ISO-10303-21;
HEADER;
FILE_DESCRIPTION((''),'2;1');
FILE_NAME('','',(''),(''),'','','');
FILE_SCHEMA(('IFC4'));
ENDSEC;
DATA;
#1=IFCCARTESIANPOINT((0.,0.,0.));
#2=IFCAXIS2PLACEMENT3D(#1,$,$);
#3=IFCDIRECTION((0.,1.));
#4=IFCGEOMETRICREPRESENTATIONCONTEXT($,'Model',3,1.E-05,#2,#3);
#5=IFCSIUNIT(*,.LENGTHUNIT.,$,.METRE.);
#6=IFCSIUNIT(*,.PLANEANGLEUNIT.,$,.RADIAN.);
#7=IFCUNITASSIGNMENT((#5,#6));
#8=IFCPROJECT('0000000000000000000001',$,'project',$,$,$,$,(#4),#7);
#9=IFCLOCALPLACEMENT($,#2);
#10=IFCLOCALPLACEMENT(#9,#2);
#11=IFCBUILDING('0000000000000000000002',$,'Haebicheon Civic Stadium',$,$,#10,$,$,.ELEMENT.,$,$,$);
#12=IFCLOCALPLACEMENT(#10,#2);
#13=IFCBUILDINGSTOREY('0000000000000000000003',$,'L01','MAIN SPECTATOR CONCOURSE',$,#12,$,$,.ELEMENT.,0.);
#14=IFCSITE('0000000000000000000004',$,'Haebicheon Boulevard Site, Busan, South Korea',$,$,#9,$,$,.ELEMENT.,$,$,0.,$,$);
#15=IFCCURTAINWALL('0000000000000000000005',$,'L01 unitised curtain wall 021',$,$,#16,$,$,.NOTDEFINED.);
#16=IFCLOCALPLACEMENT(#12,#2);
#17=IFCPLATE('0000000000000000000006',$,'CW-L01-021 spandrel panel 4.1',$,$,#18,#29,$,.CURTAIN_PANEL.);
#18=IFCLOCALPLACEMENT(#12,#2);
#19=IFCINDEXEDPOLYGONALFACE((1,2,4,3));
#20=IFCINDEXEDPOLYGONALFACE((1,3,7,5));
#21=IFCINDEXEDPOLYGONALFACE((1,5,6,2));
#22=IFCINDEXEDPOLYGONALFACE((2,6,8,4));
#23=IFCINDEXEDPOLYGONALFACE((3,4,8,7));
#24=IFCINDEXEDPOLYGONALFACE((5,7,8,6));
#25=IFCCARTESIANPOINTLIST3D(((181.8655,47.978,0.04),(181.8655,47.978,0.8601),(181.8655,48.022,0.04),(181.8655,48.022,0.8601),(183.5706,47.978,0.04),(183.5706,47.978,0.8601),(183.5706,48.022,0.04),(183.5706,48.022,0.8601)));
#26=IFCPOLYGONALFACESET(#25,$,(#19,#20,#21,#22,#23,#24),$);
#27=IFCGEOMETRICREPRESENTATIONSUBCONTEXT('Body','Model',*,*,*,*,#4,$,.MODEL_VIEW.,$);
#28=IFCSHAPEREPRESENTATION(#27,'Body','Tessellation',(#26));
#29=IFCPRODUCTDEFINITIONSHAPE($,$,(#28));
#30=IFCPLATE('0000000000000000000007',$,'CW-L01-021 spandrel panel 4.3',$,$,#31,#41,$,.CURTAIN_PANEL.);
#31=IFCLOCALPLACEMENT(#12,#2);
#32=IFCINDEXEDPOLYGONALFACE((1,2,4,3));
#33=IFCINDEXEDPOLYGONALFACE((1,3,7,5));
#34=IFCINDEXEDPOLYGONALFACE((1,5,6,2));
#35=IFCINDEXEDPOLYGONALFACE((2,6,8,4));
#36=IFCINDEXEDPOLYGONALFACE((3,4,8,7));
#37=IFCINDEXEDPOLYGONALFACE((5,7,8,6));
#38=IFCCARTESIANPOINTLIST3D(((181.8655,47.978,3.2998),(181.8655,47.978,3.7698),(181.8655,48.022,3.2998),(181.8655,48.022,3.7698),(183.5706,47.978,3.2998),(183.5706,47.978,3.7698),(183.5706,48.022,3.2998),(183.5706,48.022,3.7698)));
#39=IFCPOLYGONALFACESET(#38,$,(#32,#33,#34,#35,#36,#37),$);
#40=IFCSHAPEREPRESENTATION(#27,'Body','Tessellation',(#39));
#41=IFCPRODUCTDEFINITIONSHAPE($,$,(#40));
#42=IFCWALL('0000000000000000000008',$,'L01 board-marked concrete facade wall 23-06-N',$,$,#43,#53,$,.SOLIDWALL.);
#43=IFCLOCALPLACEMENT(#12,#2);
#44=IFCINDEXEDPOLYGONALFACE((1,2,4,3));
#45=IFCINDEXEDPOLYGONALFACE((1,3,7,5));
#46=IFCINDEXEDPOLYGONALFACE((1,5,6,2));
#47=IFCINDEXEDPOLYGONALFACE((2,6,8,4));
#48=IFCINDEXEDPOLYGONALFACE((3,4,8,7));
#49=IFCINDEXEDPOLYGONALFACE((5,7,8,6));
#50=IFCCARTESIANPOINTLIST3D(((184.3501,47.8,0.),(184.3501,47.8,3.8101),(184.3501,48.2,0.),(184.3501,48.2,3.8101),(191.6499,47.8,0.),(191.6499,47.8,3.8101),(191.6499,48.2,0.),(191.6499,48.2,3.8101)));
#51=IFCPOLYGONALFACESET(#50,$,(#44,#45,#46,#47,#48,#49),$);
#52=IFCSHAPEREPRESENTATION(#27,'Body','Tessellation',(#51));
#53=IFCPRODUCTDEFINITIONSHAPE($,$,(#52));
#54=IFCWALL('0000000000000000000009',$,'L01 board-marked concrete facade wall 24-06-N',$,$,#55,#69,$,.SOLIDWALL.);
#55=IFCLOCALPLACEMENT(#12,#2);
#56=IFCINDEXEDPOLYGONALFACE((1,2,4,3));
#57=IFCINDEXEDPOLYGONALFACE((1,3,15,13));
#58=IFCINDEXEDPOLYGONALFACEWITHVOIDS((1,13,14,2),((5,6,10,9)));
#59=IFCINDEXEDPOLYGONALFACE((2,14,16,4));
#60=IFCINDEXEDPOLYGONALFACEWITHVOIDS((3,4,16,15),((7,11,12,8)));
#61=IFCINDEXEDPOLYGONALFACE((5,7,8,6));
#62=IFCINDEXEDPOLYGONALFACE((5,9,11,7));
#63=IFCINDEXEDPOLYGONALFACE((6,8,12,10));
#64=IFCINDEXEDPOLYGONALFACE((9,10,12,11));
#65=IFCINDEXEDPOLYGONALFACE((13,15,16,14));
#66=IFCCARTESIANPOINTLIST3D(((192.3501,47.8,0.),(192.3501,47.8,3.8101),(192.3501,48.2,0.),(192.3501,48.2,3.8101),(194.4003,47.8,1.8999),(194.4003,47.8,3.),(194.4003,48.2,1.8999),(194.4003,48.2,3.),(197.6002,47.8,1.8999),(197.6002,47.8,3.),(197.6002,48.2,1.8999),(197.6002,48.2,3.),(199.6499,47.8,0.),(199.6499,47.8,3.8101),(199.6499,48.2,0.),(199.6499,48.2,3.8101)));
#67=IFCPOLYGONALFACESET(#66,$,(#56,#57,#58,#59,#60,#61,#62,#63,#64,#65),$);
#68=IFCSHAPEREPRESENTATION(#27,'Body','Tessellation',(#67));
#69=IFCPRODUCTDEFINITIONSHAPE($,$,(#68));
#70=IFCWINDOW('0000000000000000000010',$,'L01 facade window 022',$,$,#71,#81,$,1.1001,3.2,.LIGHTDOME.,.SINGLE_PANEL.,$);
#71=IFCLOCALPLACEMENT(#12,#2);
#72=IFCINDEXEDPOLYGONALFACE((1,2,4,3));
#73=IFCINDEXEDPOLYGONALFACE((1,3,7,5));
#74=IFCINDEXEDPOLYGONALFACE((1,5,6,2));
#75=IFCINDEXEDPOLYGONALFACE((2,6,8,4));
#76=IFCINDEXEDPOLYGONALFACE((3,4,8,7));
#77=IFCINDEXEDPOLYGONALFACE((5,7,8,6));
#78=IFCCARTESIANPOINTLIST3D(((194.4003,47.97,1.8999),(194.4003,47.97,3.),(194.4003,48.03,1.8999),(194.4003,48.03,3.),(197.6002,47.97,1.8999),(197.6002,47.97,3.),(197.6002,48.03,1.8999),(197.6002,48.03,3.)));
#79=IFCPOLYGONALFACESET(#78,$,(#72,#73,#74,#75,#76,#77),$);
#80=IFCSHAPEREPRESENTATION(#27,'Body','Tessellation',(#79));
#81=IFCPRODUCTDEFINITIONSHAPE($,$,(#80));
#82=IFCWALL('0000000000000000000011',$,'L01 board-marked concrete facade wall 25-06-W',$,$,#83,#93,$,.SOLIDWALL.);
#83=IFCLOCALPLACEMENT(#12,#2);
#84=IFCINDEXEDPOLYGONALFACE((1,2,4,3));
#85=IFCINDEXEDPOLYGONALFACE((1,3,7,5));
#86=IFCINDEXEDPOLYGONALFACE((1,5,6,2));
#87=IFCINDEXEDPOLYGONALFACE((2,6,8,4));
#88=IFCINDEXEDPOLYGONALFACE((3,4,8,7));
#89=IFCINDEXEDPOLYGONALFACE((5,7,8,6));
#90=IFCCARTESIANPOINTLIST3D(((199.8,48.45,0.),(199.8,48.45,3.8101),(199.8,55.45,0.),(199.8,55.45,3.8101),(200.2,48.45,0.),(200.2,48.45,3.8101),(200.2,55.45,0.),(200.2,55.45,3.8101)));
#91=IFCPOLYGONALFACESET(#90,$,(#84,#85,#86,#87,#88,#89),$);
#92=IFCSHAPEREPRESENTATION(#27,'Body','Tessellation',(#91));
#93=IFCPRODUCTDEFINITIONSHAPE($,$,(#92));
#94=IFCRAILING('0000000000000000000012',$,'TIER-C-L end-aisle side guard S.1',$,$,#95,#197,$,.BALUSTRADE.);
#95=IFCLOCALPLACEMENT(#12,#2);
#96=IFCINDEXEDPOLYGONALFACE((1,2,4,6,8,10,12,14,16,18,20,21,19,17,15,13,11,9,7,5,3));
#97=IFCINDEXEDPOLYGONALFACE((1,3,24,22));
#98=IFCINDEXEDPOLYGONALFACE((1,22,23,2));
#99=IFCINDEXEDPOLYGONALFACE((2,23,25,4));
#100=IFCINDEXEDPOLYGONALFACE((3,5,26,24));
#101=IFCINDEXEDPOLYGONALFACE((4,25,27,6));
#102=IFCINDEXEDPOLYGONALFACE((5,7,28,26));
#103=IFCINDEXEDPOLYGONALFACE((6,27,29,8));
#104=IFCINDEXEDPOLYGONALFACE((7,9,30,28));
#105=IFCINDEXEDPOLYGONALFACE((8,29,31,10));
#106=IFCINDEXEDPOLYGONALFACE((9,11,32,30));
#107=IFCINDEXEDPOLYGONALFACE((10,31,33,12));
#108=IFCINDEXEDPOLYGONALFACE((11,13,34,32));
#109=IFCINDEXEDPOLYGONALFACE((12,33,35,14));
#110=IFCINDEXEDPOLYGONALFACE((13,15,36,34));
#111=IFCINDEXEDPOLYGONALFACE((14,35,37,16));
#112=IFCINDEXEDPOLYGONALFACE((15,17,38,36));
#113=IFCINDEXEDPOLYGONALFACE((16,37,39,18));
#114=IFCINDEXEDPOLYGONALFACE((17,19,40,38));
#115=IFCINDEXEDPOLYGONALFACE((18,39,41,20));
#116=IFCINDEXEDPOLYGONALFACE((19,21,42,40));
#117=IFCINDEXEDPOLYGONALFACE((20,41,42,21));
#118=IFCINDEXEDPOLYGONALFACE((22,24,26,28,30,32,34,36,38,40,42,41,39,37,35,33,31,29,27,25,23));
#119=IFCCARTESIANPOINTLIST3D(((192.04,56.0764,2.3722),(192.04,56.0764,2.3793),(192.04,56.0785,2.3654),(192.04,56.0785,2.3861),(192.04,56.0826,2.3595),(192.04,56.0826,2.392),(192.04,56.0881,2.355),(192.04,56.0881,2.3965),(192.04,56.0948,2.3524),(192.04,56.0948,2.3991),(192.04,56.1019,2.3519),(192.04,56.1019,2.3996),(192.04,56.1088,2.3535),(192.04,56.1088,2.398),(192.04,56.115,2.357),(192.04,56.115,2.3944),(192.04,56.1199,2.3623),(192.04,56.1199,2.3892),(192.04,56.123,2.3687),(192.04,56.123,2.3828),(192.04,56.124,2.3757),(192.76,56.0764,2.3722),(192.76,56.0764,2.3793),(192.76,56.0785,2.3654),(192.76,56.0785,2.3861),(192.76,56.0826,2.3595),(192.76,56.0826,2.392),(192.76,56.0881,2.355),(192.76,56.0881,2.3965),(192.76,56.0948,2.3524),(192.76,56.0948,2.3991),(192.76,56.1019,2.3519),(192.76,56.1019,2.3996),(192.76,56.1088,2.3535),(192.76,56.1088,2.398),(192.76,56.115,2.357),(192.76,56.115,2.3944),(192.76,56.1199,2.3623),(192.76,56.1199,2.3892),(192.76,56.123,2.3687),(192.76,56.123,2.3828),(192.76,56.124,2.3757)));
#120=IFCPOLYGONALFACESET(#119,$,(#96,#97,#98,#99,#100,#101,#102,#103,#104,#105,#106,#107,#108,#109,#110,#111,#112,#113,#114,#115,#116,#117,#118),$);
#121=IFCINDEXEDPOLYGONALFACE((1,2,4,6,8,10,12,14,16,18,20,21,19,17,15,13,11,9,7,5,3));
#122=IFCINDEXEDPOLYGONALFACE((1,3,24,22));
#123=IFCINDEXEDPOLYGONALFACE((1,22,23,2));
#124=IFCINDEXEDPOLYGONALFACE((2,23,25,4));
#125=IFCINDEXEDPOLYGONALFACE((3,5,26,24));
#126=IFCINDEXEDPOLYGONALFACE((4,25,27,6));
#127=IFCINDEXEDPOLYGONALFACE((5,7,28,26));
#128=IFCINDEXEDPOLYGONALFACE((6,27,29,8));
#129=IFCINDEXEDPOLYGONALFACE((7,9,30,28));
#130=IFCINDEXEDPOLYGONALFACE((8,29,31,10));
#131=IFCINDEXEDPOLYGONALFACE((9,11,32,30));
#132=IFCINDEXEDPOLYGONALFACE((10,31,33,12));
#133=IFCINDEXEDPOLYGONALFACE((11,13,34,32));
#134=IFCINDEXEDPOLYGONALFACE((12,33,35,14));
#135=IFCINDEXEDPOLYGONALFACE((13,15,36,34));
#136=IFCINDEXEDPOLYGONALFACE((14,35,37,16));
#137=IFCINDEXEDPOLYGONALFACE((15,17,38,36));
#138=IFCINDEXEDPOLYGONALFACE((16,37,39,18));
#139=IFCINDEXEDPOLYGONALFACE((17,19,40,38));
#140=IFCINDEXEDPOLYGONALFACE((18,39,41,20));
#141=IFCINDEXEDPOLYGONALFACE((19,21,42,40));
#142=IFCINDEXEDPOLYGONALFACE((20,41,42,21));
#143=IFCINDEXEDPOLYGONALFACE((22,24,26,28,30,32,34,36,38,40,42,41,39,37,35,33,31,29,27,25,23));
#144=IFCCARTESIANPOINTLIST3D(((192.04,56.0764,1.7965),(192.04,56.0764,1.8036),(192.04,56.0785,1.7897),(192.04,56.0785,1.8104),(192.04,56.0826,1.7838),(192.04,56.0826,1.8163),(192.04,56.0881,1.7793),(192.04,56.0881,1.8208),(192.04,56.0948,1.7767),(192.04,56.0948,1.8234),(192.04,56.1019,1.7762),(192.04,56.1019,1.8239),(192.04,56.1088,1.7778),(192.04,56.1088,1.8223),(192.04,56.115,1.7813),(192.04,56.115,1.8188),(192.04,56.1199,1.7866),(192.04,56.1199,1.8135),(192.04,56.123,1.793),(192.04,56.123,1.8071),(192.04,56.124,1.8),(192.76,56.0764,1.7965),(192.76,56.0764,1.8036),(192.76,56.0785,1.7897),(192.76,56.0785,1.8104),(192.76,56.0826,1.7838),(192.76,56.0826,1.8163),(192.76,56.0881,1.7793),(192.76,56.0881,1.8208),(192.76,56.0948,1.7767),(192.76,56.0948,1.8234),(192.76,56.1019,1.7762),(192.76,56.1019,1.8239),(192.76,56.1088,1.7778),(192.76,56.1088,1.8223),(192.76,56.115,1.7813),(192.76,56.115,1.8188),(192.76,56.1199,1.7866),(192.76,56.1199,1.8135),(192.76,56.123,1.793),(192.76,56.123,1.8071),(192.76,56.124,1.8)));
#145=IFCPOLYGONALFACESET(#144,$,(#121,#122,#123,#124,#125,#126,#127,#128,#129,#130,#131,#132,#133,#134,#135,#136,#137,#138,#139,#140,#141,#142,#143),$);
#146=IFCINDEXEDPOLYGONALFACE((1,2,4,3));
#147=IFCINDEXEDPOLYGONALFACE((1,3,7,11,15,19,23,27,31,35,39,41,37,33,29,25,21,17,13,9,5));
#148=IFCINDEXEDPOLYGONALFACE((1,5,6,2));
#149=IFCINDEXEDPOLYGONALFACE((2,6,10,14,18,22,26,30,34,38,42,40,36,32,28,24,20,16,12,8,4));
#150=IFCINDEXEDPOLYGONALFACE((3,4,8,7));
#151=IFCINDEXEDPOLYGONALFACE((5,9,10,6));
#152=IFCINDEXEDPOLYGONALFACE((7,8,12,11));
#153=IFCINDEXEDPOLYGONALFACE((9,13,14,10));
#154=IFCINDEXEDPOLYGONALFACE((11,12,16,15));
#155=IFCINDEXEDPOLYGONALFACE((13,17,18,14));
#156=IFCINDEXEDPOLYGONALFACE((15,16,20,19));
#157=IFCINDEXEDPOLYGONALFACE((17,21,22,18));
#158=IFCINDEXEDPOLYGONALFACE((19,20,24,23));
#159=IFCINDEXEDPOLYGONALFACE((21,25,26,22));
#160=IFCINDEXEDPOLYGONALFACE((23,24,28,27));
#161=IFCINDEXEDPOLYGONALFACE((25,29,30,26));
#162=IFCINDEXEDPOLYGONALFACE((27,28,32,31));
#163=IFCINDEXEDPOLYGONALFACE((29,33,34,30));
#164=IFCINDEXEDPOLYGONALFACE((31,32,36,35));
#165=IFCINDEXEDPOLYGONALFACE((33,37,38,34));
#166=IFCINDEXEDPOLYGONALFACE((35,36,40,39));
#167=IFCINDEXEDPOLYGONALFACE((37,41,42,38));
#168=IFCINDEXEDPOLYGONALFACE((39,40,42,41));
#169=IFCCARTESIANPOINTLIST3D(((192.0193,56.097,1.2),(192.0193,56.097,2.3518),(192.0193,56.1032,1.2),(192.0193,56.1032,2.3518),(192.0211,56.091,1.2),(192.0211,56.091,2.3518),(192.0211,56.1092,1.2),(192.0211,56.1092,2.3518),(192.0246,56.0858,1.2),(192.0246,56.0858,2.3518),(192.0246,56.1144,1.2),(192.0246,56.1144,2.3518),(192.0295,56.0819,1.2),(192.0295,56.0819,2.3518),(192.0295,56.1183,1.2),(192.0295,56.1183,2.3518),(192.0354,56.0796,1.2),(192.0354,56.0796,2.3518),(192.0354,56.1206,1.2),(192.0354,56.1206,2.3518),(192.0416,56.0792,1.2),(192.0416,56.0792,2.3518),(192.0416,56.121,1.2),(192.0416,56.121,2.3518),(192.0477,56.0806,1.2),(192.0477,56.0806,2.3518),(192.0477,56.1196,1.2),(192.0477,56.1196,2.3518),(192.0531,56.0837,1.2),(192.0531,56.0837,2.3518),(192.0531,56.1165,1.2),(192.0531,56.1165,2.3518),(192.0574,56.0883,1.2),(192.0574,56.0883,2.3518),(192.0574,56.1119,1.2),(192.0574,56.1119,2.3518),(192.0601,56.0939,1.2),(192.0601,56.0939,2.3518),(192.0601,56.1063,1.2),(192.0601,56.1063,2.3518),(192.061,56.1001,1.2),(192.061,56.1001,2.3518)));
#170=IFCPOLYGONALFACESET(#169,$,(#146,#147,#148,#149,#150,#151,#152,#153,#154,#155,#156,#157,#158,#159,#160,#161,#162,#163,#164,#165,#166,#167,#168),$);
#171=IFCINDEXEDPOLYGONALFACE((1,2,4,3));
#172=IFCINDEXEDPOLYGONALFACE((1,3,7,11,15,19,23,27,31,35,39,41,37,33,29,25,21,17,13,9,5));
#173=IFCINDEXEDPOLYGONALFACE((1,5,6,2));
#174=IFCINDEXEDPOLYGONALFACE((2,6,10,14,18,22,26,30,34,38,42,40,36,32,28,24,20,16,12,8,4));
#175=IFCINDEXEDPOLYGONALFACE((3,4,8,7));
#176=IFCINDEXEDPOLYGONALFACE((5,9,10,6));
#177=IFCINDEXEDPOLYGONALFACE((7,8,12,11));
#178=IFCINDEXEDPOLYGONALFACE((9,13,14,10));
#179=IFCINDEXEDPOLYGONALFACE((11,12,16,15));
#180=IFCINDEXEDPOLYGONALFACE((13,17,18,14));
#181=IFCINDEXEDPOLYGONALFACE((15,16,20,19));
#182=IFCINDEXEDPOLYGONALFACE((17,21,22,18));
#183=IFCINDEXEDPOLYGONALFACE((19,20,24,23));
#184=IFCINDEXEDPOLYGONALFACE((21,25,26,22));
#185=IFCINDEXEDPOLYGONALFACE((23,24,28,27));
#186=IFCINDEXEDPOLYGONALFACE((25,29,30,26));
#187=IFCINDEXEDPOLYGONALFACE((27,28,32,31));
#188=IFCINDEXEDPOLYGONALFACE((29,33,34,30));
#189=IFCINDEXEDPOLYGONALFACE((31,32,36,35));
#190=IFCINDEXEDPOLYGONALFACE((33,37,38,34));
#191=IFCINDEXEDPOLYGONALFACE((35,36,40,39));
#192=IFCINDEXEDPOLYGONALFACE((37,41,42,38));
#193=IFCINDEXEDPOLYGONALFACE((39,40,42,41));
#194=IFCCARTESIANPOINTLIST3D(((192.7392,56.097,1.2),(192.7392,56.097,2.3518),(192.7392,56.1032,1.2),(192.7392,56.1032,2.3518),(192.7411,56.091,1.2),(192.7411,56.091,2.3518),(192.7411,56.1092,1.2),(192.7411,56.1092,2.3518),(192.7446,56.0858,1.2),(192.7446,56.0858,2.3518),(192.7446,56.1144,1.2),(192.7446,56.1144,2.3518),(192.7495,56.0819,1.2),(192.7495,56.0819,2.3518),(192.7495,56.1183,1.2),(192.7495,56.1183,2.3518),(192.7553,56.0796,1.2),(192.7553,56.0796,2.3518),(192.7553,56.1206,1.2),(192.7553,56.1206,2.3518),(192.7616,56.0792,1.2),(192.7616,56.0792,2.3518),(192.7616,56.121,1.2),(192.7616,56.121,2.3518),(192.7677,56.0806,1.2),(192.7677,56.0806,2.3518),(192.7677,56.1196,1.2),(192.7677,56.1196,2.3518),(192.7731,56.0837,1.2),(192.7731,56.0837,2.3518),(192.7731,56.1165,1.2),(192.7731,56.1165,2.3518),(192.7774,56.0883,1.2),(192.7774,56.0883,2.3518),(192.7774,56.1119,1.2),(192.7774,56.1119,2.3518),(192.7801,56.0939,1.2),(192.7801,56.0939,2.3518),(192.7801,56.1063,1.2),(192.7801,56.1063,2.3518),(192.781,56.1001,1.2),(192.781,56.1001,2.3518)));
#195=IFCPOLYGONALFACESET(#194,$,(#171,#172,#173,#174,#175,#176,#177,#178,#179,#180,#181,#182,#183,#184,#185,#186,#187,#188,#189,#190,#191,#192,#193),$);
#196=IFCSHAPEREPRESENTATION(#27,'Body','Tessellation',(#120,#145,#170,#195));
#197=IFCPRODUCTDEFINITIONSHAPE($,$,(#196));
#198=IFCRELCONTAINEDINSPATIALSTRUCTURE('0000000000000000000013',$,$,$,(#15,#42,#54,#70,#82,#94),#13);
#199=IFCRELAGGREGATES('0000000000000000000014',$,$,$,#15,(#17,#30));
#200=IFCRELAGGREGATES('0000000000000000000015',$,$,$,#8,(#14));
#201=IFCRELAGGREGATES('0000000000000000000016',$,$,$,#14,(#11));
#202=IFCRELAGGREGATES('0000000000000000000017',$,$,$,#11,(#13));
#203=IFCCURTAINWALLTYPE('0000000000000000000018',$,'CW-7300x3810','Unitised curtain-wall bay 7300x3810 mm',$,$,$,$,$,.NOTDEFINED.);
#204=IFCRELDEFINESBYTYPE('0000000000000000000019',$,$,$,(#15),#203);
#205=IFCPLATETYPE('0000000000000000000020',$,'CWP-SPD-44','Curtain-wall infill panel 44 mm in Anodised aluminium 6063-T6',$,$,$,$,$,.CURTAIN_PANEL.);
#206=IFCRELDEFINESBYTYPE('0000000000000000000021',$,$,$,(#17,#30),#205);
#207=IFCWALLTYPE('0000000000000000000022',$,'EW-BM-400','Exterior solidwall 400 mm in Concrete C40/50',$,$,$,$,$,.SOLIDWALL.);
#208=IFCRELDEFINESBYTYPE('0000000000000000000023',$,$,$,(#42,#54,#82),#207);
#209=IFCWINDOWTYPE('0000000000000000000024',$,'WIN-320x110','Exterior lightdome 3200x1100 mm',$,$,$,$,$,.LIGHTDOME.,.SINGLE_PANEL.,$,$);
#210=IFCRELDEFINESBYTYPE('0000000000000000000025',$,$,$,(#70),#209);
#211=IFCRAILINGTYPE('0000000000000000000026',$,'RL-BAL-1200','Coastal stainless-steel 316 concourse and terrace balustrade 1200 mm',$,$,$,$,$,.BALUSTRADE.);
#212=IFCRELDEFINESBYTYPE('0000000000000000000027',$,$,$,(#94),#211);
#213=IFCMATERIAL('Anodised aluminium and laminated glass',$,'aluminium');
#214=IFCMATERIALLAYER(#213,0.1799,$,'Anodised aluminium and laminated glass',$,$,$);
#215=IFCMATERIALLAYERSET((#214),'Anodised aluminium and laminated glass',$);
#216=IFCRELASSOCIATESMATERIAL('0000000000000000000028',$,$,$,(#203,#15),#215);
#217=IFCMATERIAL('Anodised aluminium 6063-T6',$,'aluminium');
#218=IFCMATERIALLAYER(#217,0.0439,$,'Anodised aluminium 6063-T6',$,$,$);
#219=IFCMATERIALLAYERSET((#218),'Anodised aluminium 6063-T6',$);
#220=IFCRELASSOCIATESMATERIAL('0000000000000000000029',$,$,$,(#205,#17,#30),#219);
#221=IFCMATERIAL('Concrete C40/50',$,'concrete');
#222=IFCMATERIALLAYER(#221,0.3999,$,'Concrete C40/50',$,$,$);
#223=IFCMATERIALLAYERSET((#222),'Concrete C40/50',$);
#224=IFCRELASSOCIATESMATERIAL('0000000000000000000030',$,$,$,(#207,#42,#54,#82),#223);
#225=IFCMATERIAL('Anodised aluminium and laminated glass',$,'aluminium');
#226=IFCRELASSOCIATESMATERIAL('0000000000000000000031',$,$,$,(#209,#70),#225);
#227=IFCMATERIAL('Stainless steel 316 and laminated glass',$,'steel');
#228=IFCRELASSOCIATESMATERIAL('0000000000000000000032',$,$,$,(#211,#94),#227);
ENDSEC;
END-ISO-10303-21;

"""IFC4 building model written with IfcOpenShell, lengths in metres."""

from ifc_helpers import new_model, si_unit, direction, frame, frame_2d, origin, origin_2d, place, context, subcontext, project, spatial, rectangle, circle, extrude, material, layer, layer_set, type_object, element, fill, aggregate, save


model = new_model("IFC4")

# Units and contexts
model_context = context("Model", 3, precision=1e-05, world=origin(), true_north=direction((0.0, 1.0)))
body_context = subcontext(model_context, "Body", "Model", "MODEL_VIEW")
ifc_project = project(units=[si_unit("LENGTHUNIT", "METRE"), si_unit("PLANEANGLEUNIT", "RADIAN")], contexts=[model_context])

# Site, building, storey
site_placement = place(None, origin())
site = spatial("IfcSite", under=ifc_project, at=site_placement, Name="Haebicheon Boulevard Site, Busan, South Korea", CompositionType="ELEMENT", RefElevation=0.0)
building_placement = place(site_placement, origin())
building = spatial("IfcBuilding", under=site, at=building_placement, Name="Haebicheon Civic Stadium", CompositionType="ELEMENT")
storey_placement = place(building_placement, origin())
storey = spatial("IfcBuildingStorey", under=building, at=storey_placement, Name="L01", Description="MAIN SPECTATOR CONCOURSE", CompositionType="ELEMENT", Elevation=0.0)

# Curtain wall
ifc_material_1 = material(Name="Anodised aluminium and laminated glass", Category="aluminium")
ifc_layer_1 = layer(ifc_material_1, 0.1799, Name="Anodised aluminium and laminated glass")
ifc_layer_set_1 = layer_set([ifc_layer_1], Name="Anodised aluminium and laminated glass")
curtain_wall_type = type_object("IfcCurtainWallType", Name="CW-7300x3810", Description="Unitised curtain-wall bay 7300x3810 mm", PredefinedType="NOTDEFINED", material=ifc_layer_set_1)
curtain_wall_placement = place(storey_placement, origin())
curtain_wall = element("IfcCurtainWall", 1, at=curtain_wall_placement, inside=storey, type_object=curtain_wall_type, material=ifc_layer_set_1, Name="L01 unitised curtain wall 021", PredefinedType="NOTDEFINED")

# Plates
ifc_material_2 = material(Name="Anodised aluminium 6063-T6", Category="aluminium")
ifc_layer_2 = layer(ifc_material_2, 0.0439, Name="Anodised aluminium 6063-T6")
ifc_layer_set_2 = layer_set([ifc_layer_2], Name="Anodised aluminium 6063-T6")
plate_type_1 = type_object("IfcPlateType", Name="CWP-SPD-44", Description="Curtain-wall infill panel 44 mm in Anodised aluminium 6063-T6", PredefinedType="CURTAIN_PANEL", material=ifc_layer_set_2)
plate_1_placement = place(storey_placement, frame((182.718, 48.0, 0.04), z_axis=(0.0, 0.0, 1.0), x_axis=(1.0, 0.0, 0.0)))
plate_1 = element("IfcPlate", 2, at=plate_1_placement, type_object=plate_type_1, material=ifc_layer_set_2, Name="CW-L01-021 spandrel panel 4.1", PredefinedType="CURTAIN_PANEL", context=body_context, shape_type="SweptSolid", body=[
    extrude(rectangle(XDim=1.7051, YDim=0.0439, at=origin_2d()), origin(), (0.0, 0.0, 1.0), 0.8201),
])
plate_2_placement = place(storey_placement, frame((182.718, 48.0, 3.2998), z_axis=(0.0, 0.0, 1.0), x_axis=(1.0, 0.0, 0.0)))
plate_2 = element("IfcPlate", 3, at=plate_2_placement, type_object=plate_type_1, material=ifc_layer_set_2, Name="CW-L01-021 spandrel panel 4.3", PredefinedType="CURTAIN_PANEL", context=body_context, shape_type="SweptSolid", body=[
    extrude(rectangle(XDim=1.7051, YDim=0.0439, at=origin_2d()), origin(), (0.0, 0.0, 1.0), 0.47),
])
aggregate(curtain_wall, [plate_1, plate_2])

# Wall
ifc_material_3 = material(Name="Concrete C40/50", Category="concrete")
ifc_layer_3 = layer(ifc_material_3, 0.3999, Name="Concrete C40/50")
ifc_layer_set_3 = layer_set([ifc_layer_3], Name="Concrete C40/50")
wall_type = type_object("IfcWallType", Name="EW-BM-400", Description="Exterior solidwall 400 mm in Concrete C40/50", PredefinedType="SOLIDWALL", material=ifc_layer_set_3)
wall_1_placement = place(storey_placement, frame((184.3501, 48.0, 0.0), z_axis=(0.0, 0.0, 1.0), x_axis=(1.0, 0.0, 0.0)))
element("IfcWall", 4, at=wall_1_placement, inside=storey, type_object=wall_type, material=ifc_layer_set_3, Name="L01 board-marked concrete facade wall 23-06-N", PredefinedType="SOLIDWALL", context=body_context, shape_type="SweptSolid", body=[
    extrude(rectangle(XDim=7.2998, YDim=0.3999, at=frame_2d((3.6499, 0.0))), origin(), (0.0, 0.0, 1.0), 3.8101),
])

# Wall, opening, window
wall_2_placement = place(storey_placement, frame((192.3501, 48.0, 0.0), z_axis=(0.0, 0.0, 1.0), x_axis=(1.0, 0.0, 0.0)))
wall_2 = element("IfcWall", 5, at=wall_2_placement, inside=storey, type_object=wall_type, material=ifc_layer_set_3, Name="L01 board-marked concrete facade wall 24-06-N", PredefinedType="SOLIDWALL", context=body_context, shape_type="SweptSolid", body=[
    extrude(rectangle(XDim=7.2998, YDim=0.3999, at=frame_2d((3.6499, 0.0))), origin(), (0.0, 0.0, 1.0), 3.8101),
])
opening_placement = place(wall_2_placement, frame((2.05, 0.0, 1.8999)))
opening = element("IfcOpeningElement", 6, at=opening_placement, cuts=wall_2, PredefinedType="OPENING", context=body_context, shape_type="SweptSolid", body=[
    extrude(rectangle(XDim=3.2, YDim=1.1001, at=frame_2d((1.6001, 0.55))), frame((0.0, 0.21, 0.0), z_axis=(0.0, -1.0, 0.0), x_axis=(1.0, 0.0, 0.0)), (0.0, 0.0, 1.0), 0.4199),
])
ifc_material_4 = material(Name="Anodised aluminium and laminated glass", Category="aluminium")
window_type = type_object("IfcWindowType", Name="WIN-320x110", Description="Exterior lightdome 3200x1100 mm", PartitioningType="SINGLE_PANEL", PredefinedType="LIGHTDOME", material=ifc_material_4)
window_placement = place(opening_placement, origin())
window = element("IfcWindow", 7, at=window_placement, inside=storey, type_object=window_type, material=ifc_material_4, Name="L01 facade window 022", OverallHeight=1.1001, OverallWidth=3.2, PartitioningType="SINGLE_PANEL", PredefinedType="LIGHTDOME", context=body_context, shape_type="SweptSolid", body=[
    extrude(rectangle(XDim=3.2, YDim=1.1001, at=frame_2d((1.6001, 0.55))), frame((0.0, 0.03, 0.0), z_axis=(0.0, -1.0, 0.0), x_axis=(1.0, 0.0, 0.0)), (0.0, 0.0, 1.0), 0.0601),
])
fill(opening, window)

# Wall
wall_3_placement = place(storey_placement, frame((200.0, 48.45, 0.0), z_axis=(0.0, 0.0, 1.0), x_axis=(0.0, 1.0, 0.0)))
element("IfcWall", 8, at=wall_3_placement, inside=storey, type_object=wall_type, material=ifc_layer_set_3, Name="L01 board-marked concrete facade wall 25-06-W", PredefinedType="SOLIDWALL", context=body_context, shape_type="SweptSolid", body=[
    extrude(rectangle(XDim=7.0, YDim=0.3999, at=frame_2d((3.5, 0.0))), origin(), (0.0, 0.0, 1.0), 3.8101),
])

# Railing
ifc_material_5 = material(Name="Stainless steel 316 and laminated glass", Category="steel")
railing_type_1 = type_object("IfcRailingType", Name="RL-BAL-1200", Description="Coastal stainless-steel 316 concourse and terrace balustrade 1200 mm", PredefinedType="BALUSTRADE", material=ifc_material_5)
for number, where, name in (
    (9, (192.04, 56.1001, 1.2), "TIER-C-L end-aisle side guard S.1"),
):
    element("IfcRailing", number, at=place(storey_placement, frame(where)), inside=storey, type_object=railing_type_1, material=ifc_material_5, Name=name, PredefinedType="BALUSTRADE", context=body_context, shape_type="SweptSolid", body=[
        extrude(circle(Radius=0.0239, at=origin_2d()), frame((0.0, 0.0, 1.1758), z_axis=(1.0, 0.0, 0.0), x_axis=(0.0, 1.0, 0.0)), (0.0, 0.0, 1.0), 0.72),
        extrude(circle(Radius=0.0239, at=origin_2d()), frame((0.0, 0.0, 0.6001), z_axis=(1.0, 0.0, 0.0), x_axis=(0.0, 1.0, 0.0)), (0.0, 0.0, 1.0), 0.72),
        extrude(circle(Radius=0.021, at=origin_2d()), origin(), (0.0, 0.0, 1.0), 1.1519),
        extrude(circle(Radius=0.021, at=origin_2d()), frame((0.72, 0.0, 0.0)), (0.0, 0.0, 1.0), 1.1519),
    ])

save(model, "model.ifc")
